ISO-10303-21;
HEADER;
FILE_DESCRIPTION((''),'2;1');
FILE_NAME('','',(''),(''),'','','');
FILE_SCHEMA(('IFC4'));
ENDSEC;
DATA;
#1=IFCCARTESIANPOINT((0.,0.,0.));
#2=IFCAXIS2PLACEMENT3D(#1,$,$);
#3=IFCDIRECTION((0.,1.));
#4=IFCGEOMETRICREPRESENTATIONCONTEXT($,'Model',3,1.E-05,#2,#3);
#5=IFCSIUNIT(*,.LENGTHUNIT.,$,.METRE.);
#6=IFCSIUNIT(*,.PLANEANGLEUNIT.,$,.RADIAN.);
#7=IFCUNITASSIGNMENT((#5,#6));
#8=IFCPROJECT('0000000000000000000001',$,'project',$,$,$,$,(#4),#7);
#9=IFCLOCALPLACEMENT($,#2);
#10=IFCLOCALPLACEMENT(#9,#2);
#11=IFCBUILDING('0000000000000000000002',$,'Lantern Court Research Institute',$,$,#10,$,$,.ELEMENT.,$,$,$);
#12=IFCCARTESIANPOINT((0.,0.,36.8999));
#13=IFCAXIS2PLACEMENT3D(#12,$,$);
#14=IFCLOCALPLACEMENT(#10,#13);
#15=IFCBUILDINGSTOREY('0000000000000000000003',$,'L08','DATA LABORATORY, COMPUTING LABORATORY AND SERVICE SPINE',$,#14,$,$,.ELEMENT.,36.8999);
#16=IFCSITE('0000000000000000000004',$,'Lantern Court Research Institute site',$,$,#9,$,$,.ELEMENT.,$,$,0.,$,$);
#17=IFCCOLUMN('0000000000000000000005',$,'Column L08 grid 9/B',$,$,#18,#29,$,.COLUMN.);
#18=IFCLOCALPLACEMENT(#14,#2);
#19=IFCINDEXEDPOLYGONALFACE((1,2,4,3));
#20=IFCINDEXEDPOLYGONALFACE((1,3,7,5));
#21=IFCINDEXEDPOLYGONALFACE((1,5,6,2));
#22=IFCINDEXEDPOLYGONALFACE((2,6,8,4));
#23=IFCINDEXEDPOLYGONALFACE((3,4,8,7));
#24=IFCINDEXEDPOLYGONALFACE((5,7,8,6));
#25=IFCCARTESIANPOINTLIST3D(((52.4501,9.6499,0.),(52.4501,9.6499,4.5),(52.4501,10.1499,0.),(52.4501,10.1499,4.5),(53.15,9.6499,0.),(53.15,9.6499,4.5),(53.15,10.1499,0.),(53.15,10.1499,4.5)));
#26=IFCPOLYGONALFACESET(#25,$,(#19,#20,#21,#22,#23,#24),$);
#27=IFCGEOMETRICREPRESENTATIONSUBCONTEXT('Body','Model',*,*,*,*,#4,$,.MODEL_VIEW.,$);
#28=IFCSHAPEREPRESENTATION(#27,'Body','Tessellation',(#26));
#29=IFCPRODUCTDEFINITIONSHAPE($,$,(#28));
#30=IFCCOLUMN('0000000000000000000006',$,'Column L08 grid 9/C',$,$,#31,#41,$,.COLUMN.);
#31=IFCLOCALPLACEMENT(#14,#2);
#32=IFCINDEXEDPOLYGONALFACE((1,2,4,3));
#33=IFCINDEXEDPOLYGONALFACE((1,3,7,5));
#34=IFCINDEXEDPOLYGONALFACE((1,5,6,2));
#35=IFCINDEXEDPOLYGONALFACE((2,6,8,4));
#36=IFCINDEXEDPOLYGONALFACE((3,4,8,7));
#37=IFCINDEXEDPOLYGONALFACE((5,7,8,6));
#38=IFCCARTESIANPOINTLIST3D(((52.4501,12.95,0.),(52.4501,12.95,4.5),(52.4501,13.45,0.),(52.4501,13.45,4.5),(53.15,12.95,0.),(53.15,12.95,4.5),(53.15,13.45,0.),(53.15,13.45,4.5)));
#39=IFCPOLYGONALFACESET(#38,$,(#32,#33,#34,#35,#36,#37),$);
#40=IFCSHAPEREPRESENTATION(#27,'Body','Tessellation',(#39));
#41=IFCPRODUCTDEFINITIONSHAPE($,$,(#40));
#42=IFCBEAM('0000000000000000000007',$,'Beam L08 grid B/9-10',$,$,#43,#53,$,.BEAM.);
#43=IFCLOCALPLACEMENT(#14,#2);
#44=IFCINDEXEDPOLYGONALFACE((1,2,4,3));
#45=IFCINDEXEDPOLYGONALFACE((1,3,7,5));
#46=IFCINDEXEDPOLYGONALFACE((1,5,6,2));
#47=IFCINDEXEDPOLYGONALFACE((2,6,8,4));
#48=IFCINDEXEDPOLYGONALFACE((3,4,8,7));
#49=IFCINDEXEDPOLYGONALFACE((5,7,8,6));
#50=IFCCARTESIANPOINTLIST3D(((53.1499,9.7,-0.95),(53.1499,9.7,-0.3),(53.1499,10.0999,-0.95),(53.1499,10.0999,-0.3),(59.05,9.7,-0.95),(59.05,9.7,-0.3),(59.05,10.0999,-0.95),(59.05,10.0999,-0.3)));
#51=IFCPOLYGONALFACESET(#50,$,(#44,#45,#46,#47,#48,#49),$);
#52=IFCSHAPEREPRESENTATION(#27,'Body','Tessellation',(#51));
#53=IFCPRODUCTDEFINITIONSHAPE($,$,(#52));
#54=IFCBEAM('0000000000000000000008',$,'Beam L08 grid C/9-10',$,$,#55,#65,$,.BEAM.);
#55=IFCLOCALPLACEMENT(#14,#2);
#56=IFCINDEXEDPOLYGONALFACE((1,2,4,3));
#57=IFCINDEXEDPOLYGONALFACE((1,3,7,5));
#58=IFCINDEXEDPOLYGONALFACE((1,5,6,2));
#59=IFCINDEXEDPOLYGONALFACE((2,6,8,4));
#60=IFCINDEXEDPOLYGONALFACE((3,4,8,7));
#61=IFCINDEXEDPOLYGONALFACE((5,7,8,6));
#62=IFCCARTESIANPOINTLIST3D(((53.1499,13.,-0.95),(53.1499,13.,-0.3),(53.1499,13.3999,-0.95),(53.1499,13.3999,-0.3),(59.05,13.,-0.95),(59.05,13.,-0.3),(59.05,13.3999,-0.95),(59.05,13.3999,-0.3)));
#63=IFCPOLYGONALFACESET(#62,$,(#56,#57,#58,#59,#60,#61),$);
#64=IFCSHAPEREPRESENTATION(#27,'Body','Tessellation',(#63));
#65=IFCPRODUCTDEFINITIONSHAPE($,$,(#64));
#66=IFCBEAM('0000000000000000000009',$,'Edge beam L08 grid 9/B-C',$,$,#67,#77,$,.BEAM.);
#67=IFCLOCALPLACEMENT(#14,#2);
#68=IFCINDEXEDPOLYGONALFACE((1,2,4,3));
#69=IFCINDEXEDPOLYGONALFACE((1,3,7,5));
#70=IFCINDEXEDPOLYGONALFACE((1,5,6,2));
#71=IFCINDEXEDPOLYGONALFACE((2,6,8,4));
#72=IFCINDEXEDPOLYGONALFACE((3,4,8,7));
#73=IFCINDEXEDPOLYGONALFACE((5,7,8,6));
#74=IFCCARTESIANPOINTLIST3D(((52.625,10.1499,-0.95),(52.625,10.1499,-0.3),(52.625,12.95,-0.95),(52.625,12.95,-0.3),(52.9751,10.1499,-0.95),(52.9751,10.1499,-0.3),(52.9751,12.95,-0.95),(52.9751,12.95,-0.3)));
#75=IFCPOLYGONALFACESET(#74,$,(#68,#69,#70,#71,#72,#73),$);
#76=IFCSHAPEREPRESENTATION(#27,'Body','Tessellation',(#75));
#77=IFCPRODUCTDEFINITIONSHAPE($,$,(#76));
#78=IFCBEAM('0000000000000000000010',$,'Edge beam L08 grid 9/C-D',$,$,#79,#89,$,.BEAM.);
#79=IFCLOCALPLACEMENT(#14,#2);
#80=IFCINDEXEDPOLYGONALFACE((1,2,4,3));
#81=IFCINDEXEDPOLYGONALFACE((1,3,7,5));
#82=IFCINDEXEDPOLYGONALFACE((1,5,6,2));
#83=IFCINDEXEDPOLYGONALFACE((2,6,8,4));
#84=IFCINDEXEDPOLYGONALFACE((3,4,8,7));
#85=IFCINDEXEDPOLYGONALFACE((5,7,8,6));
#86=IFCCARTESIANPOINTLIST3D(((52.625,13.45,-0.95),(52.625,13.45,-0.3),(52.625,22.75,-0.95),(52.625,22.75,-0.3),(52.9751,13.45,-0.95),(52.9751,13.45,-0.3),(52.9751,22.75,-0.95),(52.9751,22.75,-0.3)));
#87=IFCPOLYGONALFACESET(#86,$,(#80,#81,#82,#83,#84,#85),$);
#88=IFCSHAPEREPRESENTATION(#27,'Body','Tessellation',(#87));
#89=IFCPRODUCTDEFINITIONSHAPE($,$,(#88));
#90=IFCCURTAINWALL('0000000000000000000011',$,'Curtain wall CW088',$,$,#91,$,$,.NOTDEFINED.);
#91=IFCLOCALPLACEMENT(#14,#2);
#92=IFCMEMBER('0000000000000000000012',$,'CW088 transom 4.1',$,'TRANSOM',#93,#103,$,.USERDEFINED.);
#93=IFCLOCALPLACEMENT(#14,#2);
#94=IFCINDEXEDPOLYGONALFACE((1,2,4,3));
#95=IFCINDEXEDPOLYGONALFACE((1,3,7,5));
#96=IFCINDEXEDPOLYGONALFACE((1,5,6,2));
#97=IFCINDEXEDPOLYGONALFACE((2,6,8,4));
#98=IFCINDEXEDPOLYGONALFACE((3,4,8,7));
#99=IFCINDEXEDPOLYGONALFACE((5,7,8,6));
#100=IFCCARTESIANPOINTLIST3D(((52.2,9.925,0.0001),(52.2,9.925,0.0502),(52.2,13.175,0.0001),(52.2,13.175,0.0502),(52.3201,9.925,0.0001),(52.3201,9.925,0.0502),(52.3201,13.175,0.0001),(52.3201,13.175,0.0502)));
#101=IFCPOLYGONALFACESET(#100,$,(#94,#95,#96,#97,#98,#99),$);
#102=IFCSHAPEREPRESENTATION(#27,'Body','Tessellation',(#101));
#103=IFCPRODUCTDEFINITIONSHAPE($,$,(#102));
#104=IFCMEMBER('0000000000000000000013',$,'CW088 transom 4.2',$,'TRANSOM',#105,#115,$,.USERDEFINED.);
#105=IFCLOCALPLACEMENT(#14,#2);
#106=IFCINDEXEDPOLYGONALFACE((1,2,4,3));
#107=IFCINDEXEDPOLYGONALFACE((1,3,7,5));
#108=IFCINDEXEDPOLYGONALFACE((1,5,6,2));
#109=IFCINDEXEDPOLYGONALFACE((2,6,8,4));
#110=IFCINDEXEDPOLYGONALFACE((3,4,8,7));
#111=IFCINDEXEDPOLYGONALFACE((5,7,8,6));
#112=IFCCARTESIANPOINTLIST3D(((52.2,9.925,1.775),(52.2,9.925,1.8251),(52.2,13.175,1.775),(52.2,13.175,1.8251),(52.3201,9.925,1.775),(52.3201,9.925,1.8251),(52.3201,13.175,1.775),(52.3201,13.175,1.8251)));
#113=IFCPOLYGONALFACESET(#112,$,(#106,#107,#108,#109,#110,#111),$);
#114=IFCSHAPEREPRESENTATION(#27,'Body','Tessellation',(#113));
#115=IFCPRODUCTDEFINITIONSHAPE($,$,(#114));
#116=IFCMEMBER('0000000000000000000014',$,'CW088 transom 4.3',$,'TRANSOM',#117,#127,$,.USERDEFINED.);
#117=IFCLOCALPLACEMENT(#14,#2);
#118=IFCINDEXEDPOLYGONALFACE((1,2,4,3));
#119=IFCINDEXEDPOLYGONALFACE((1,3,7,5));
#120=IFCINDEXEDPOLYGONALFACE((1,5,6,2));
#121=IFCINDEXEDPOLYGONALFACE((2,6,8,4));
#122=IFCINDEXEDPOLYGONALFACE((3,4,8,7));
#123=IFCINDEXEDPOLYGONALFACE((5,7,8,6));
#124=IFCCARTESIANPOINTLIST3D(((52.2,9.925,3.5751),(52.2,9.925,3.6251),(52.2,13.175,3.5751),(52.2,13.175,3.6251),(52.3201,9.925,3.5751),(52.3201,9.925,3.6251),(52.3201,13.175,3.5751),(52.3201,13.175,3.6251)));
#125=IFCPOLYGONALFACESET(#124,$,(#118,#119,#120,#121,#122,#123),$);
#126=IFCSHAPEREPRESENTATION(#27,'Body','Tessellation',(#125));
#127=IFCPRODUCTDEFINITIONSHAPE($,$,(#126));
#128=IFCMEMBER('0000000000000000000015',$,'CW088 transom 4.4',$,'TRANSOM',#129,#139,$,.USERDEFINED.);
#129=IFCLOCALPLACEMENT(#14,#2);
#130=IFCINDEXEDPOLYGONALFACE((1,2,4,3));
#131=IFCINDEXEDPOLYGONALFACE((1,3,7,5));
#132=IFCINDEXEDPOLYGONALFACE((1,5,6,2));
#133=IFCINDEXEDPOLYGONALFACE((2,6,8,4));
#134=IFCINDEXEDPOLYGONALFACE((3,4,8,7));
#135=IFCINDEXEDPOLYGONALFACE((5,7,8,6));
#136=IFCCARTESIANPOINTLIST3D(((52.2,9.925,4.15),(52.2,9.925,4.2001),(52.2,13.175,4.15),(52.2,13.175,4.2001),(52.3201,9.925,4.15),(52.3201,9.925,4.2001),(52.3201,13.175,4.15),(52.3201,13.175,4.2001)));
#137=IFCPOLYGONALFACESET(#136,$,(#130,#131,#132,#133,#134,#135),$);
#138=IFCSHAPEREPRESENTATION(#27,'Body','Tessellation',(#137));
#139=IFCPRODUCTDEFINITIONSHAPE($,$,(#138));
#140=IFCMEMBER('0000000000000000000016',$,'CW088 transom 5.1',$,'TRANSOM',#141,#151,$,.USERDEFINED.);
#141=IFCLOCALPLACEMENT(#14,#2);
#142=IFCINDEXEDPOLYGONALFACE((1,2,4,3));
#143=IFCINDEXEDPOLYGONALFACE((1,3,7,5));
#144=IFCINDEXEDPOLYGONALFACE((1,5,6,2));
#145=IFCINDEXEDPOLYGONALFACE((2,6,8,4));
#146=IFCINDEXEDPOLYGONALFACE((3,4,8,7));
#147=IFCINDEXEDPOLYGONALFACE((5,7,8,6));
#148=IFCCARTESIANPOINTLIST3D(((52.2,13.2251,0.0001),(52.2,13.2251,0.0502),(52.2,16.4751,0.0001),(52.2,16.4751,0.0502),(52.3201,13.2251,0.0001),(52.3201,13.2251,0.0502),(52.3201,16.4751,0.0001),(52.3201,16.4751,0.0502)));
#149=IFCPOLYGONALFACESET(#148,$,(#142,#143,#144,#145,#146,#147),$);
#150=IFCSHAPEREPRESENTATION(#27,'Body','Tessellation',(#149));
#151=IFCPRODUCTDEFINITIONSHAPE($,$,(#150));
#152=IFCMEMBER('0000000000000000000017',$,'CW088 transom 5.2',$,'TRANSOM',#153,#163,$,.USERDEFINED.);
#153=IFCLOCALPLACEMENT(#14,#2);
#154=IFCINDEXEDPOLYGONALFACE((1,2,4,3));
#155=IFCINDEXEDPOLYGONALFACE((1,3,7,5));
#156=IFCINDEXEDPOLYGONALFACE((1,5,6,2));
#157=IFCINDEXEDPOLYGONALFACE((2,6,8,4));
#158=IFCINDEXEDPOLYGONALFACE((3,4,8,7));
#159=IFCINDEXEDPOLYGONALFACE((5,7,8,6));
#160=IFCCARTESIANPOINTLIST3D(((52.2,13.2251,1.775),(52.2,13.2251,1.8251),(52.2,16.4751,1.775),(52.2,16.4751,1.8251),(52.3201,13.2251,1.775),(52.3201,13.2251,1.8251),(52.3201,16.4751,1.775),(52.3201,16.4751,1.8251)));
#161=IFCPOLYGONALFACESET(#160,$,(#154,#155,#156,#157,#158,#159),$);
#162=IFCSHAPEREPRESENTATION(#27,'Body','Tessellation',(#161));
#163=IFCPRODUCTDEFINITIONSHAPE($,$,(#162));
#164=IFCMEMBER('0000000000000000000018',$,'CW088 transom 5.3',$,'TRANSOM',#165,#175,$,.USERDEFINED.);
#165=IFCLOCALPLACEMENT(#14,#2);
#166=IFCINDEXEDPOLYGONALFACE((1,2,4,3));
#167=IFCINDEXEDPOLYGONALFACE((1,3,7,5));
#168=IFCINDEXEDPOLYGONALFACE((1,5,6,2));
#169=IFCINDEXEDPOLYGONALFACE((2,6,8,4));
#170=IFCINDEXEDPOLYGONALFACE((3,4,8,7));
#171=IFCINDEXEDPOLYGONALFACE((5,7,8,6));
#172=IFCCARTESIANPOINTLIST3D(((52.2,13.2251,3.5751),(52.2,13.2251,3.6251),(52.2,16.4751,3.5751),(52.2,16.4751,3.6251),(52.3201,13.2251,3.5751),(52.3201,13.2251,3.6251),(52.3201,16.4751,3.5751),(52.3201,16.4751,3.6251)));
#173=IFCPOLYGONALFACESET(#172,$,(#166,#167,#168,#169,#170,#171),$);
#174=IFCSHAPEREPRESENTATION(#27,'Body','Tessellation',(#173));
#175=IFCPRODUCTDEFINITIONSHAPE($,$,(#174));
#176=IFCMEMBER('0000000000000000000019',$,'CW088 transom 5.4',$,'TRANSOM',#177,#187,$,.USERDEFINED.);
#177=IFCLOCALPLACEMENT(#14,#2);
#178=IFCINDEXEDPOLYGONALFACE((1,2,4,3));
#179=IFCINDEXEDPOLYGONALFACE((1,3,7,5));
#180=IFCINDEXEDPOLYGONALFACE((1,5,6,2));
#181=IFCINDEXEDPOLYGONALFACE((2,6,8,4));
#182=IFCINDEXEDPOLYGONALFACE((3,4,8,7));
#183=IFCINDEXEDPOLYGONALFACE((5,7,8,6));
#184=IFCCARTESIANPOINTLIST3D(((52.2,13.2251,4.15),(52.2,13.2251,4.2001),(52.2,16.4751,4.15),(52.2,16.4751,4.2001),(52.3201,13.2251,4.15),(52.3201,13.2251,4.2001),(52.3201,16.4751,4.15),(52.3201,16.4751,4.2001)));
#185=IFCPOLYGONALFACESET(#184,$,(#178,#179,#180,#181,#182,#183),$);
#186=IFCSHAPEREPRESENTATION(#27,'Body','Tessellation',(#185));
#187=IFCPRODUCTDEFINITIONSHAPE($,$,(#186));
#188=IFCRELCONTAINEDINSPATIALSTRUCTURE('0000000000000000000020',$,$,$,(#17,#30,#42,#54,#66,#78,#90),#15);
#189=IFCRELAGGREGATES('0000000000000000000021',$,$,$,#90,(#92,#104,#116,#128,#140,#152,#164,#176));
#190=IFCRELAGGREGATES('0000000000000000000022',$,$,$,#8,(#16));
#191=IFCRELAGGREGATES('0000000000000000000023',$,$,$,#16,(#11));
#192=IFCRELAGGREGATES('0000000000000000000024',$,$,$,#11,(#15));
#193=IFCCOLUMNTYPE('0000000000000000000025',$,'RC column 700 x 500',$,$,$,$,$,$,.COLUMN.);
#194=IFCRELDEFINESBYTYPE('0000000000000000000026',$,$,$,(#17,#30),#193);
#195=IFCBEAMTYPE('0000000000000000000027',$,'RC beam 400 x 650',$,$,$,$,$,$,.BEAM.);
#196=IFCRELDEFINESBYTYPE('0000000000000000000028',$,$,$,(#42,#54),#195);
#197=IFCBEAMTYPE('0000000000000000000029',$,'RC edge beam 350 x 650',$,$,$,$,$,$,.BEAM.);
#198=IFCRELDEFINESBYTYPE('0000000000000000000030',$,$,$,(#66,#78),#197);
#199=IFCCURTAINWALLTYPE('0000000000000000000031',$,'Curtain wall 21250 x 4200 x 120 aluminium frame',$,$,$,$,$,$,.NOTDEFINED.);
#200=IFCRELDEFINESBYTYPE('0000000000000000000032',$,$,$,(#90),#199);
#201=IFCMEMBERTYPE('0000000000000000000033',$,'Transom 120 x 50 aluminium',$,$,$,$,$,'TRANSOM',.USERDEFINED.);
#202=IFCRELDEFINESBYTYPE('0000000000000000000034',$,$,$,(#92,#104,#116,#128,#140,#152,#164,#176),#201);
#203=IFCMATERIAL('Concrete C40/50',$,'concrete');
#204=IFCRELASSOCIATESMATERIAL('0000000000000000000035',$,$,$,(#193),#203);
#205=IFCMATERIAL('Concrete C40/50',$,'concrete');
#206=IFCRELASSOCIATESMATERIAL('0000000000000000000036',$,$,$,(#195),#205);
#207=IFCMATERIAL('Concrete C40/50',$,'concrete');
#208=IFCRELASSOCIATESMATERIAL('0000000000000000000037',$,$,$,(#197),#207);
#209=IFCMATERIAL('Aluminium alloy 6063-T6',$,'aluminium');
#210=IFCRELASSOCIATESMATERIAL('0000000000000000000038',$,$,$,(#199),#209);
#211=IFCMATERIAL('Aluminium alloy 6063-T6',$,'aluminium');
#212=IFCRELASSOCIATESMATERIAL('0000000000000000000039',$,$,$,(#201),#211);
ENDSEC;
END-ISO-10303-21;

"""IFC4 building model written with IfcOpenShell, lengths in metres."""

from ifc_helpers import new_model, si_unit, direction, frame, origin, origin_2d, place, context, subcontext, project, spatial, rectangle, extrude, material, material_profile, profile_set, type_object, element, aggregate, save


model = new_model("IFC4")

# Units and contexts
model_context = context("Model", 3, precision=1e-05, world=origin(), true_north=direction((0.0, 1.0)))
body_context = subcontext(model_context, "Body", "Model", "MODEL_VIEW")
ifc_project = project(units=[si_unit("LENGTHUNIT", "METRE"), si_unit("PLANEANGLEUNIT", "RADIAN")], contexts=[model_context])

# Site, building, storey
site_placement = place(None, origin())
site = spatial("IfcSite", under=ifc_project, at=site_placement, Name="Lantern Court Research Institute site", CompositionType="ELEMENT", RefElevation=0.0)
building_placement = place(site_placement, origin())
building = spatial("IfcBuilding", under=site, at=building_placement, Name="Lantern Court Research Institute", CompositionType="ELEMENT")
storey_placement = place(building_placement, frame((0.0, 0.0, 36.8999)))
storey = spatial("IfcBuildingStorey", under=building, at=storey_placement, Name="L08", Description="DATA LABORATORY, COMPUTING LABORATORY AND SERVICE SPINE", CompositionType="ELEMENT", Elevation=36.8999)

# Columns
ifc_material_1 = material(Name="Concrete C40/50", Category="concrete")
ifc_material_profile_1 = material_profile(ifc_material_1, rectangle(XDim=0.7, YDim=0.5, at=origin_2d()), Name="RC column 700 x 500")
ifc_profile_set_1 = profile_set([ifc_material_profile_1], Name="Concrete C40/50")
column_type = type_object("IfcColumnType", Name="RC column 700 x 500", PredefinedType="COLUMN", material=ifc_profile_set_1)
for number, where, z_axis, x_axis, name in (
    (1, (52.8, 9.8999, 0.0), (0.0, 0.0, 1.0), (1.0, 0.0, 0.0), "Column L08 grid 9/B"),
    (2, (52.8, 13.2, 0.0), (0.0, 0.0, 1.0), (1.0, 0.0, 0.0), "Column L08 grid 9/C"),
):
    element("IfcColumn", number, at=place(storey_placement, frame(where, z_axis=z_axis, x_axis=x_axis)), inside=storey, type_object=column_type, Name=name, PredefinedType="COLUMN", context=body_context, shape_type="SweptSolid", body=[
        extrude(rectangle(XDim=0.7, YDim=0.5, at=origin_2d()), origin(), (0.0, 0.0, 1.0), 4.5),
    ])

# Beams
ifc_material_2 = material(Name="Concrete C40/50", Category="concrete")
ifc_material_profile_2 = material_profile(ifc_material_2, rectangle(XDim=0.3999, YDim=0.6499, at=origin_2d()), Name="RC beam 400 x 650")
ifc_profile_set_2 = profile_set([ifc_material_profile_2], Name="Concrete C40/50")
beam_type_1 = type_object("IfcBeamType", Name="RC beam 400 x 650", PredefinedType="BEAM", material=ifc_profile_set_2)
for number, where, z_axis, x_axis, name in (
    (3, (53.1499, 9.8999, -0.625), (1.0, 0.0, 0.0), (0.0, 1.0, 0.0), "Beam L08 grid B/9-10"),
    (4, (53.1499, 13.2, -0.625), (1.0, 0.0, 0.0), (0.0, 1.0, 0.0), "Beam L08 grid C/9-10"),
):
    element("IfcBeam", number, at=place(storey_placement, frame(where, z_axis=z_axis, x_axis=x_axis)), inside=storey, type_object=beam_type_1, Name=name, PredefinedType="BEAM", context=body_context, shape_type="SweptSolid", body=[
        extrude(rectangle(XDim=0.3999, YDim=0.6499, at=origin_2d()), origin(), (0.0, 0.0, 1.0), 5.9001),
    ])
ifc_material_3 = material(Name="Concrete C40/50", Category="concrete")
ifc_material_profile_3 = material_profile(ifc_material_3, rectangle(XDim=0.3501, YDim=0.6499, at=origin_2d()), Name="RC beam 350 x 650")
ifc_profile_set_3 = profile_set([ifc_material_profile_3], Name="Concrete C40/50")
beam_type_2 = type_object("IfcBeamType", Name="RC edge beam 350 x 650", PredefinedType="BEAM", material=ifc_profile_set_3)
beam_1_placement = place(storey_placement, frame((52.8, 10.1499, -0.625), z_axis=(0.0, 1.0, 0.0), x_axis=(-1.0, 0.0, 0.0)))
element("IfcBeam", 5, at=beam_1_placement, inside=storey, type_object=beam_type_2, Name="Edge beam L08 grid 9/B-C", PredefinedType="BEAM", context=body_context, shape_type="SweptSolid", body=[
    extrude(rectangle(XDim=0.3501, YDim=0.6499, at=origin_2d()), origin(), (0.0, 0.0, 1.0), 2.8),
])
beam_2_placement = place(storey_placement, frame((52.8, 13.45, -0.625), z_axis=(0.0, 1.0, 0.0), x_axis=(-1.0, 0.0, 0.0)))
element("IfcBeam", 6, at=beam_2_placement, inside=storey, type_object=beam_type_2, Name="Edge beam L08 grid 9/C-D", PredefinedType="BEAM", context=body_context, shape_type="SweptSolid", body=[
    extrude(rectangle(XDim=0.3501, YDim=0.6499, at=origin_2d()), origin(), (0.0, 0.0, 1.0), 9.3),
])

# Curtain wall, members
ifc_material_4 = material(Name="Aluminium alloy 6063-T6", Category="aluminium")
curtain_wall_type = type_object("IfcCurtainWallType", Name="Curtain wall 21250 x 4200 x 120 aluminium frame", PredefinedType="NOTDEFINED", material=ifc_material_4)
curtain_wall_placement = place(storey_placement, origin())
curtain_wall = element("IfcCurtainWall", 7, at=curtain_wall_placement, inside=storey, type_object=curtain_wall_type, Name="Curtain wall CW088", PredefinedType="NOTDEFINED")
ifc_material_5 = material(Name="Aluminium alloy 6063-T6", Category="aluminium")
ifc_material_profile_4 = material_profile(ifc_material_5, rectangle(XDim=0.1201, YDim=0.05, at=origin_2d()), Name="Transom 120 x 50")
ifc_profile_set_4 = profile_set([ifc_material_profile_4], Name="Aluminium alloy 6063-T6")
member_type = type_object("IfcMemberType", Name="Transom 120 x 50 aluminium", ElementType="TRANSOM", PredefinedType="USERDEFINED", material=ifc_profile_set_4)
member_1_placement = place(storey_placement, frame((52.26, 9.925, 0.0251), z_axis=(0.0, 1.0, 0.0), x_axis=(-1.0, 0.0, 0.0)))
member_1 = element("IfcMember", 8, at=member_1_placement, type_object=member_type, Name="CW088 transom 4.1", ObjectType="TRANSOM", PredefinedType="USERDEFINED", context=body_context, shape_type="SweptSolid", body=[
    extrude(rectangle(XDim=0.1201, YDim=0.05, at=origin_2d()), origin(), (0.0, 0.0, 1.0), 3.25),
])
member_2_placement = place(storey_placement, frame((52.26, 9.925, 1.8), z_axis=(0.0, 1.0, 0.0), x_axis=(-1.0, 0.0, 0.0)))
member_2 = element("IfcMember", 9, at=member_2_placement, type_object=member_type, Name="CW088 transom 4.2", ObjectType="TRANSOM", PredefinedType="USERDEFINED", context=body_context, shape_type="SweptSolid", body=[
    extrude(rectangle(XDim=0.1201, YDim=0.05, at=origin_2d()), origin(), (0.0, 0.0, 1.0), 3.25),
])
member_3_placement = place(storey_placement, frame((52.26, 9.925, 3.6001), z_axis=(0.0, 1.0, 0.0), x_axis=(-1.0, 0.0, 0.0)))
member_3 = element("IfcMember", 10, at=member_3_placement, type_object=member_type, Name="CW088 transom 4.3", ObjectType="TRANSOM", PredefinedType="USERDEFINED", context=body_context, shape_type="SweptSolid", body=[
    extrude(rectangle(XDim=0.1201, YDim=0.05, at=origin_2d()), origin(), (0.0, 0.0, 1.0), 3.25),
])
member_4_placement = place(storey_placement, frame((52.26, 9.925, 4.175), z_axis=(0.0, 1.0, 0.0), x_axis=(-1.0, 0.0, 0.0)))
member_4 = element("IfcMember", 11, at=member_4_placement, type_object=member_type, Name="CW088 transom 4.4", ObjectType="TRANSOM", PredefinedType="USERDEFINED", context=body_context, shape_type="SweptSolid", body=[
    extrude(rectangle(XDim=0.1201, YDim=0.05, at=origin_2d()), origin(), (0.0, 0.0, 1.0), 3.25),
])
member_5_placement = place(storey_placement, frame((52.26, 13.2251, 0.0251), z_axis=(0.0, 1.0, 0.0), x_axis=(-1.0, 0.0, 0.0)))
member_5 = element("IfcMember", 12, at=member_5_placement, type_object=member_type, Name="CW088 transom 5.1", ObjectType="TRANSOM", PredefinedType="USERDEFINED", context=body_context, shape_type="SweptSolid", body=[
    extrude(rectangle(XDim=0.1201, YDim=0.05, at=origin_2d()), origin(), (0.0, 0.0, 1.0), 3.25),
])
member_6_placement = place(storey_placement, frame((52.26, 13.2251, 1.8), z_axis=(0.0, 1.0, 0.0), x_axis=(-1.0, 0.0, 0.0)))
member_6 = element("IfcMember", 13, at=member_6_placement, type_object=member_type, Name="CW088 transom 5.2", ObjectType="TRANSOM", PredefinedType="USERDEFINED", context=body_context, shape_type="SweptSolid", body=[
    extrude(rectangle(XDim=0.1201, YDim=0.05, at=origin_2d()), origin(), (0.0, 0.0, 1.0), 3.25),
])
member_7_placement = place(storey_placement, frame((52.26, 13.2251, 3.6001), z_axis=(0.0, 1.0, 0.0), x_axis=(-1.0, 0.0, 0.0)))
member_7 = element("IfcMember", 14, at=member_7_placement, type_object=member_type, Name="CW088 transom 5.3", ObjectType="TRANSOM", PredefinedType="USERDEFINED", context=body_context, shape_type="SweptSolid", body=[
    extrude(rectangle(XDim=0.1201, YDim=0.05, at=origin_2d()), origin(), (0.0, 0.0, 1.0), 3.25),
])
member_8_placement = place(storey_placement, frame((52.26, 13.2251, 4.175), z_axis=(0.0, 1.0, 0.0), x_axis=(-1.0, 0.0, 0.0)))
member_8 = element("IfcMember", 15, at=member_8_placement, type_object=member_type, Name="CW088 transom 5.4", ObjectType="TRANSOM", PredefinedType="USERDEFINED", context=body_context, shape_type="SweptSolid", body=[
    extrude(rectangle(XDim=0.1201, YDim=0.05, at=origin_2d()), origin(), (0.0, 0.0, 1.0), 3.25),
])
aggregate(curtain_wall, [member_1, member_2, member_3, member_4, member_5, member_6, member_7, member_8])

save(model, "model.ifc")
